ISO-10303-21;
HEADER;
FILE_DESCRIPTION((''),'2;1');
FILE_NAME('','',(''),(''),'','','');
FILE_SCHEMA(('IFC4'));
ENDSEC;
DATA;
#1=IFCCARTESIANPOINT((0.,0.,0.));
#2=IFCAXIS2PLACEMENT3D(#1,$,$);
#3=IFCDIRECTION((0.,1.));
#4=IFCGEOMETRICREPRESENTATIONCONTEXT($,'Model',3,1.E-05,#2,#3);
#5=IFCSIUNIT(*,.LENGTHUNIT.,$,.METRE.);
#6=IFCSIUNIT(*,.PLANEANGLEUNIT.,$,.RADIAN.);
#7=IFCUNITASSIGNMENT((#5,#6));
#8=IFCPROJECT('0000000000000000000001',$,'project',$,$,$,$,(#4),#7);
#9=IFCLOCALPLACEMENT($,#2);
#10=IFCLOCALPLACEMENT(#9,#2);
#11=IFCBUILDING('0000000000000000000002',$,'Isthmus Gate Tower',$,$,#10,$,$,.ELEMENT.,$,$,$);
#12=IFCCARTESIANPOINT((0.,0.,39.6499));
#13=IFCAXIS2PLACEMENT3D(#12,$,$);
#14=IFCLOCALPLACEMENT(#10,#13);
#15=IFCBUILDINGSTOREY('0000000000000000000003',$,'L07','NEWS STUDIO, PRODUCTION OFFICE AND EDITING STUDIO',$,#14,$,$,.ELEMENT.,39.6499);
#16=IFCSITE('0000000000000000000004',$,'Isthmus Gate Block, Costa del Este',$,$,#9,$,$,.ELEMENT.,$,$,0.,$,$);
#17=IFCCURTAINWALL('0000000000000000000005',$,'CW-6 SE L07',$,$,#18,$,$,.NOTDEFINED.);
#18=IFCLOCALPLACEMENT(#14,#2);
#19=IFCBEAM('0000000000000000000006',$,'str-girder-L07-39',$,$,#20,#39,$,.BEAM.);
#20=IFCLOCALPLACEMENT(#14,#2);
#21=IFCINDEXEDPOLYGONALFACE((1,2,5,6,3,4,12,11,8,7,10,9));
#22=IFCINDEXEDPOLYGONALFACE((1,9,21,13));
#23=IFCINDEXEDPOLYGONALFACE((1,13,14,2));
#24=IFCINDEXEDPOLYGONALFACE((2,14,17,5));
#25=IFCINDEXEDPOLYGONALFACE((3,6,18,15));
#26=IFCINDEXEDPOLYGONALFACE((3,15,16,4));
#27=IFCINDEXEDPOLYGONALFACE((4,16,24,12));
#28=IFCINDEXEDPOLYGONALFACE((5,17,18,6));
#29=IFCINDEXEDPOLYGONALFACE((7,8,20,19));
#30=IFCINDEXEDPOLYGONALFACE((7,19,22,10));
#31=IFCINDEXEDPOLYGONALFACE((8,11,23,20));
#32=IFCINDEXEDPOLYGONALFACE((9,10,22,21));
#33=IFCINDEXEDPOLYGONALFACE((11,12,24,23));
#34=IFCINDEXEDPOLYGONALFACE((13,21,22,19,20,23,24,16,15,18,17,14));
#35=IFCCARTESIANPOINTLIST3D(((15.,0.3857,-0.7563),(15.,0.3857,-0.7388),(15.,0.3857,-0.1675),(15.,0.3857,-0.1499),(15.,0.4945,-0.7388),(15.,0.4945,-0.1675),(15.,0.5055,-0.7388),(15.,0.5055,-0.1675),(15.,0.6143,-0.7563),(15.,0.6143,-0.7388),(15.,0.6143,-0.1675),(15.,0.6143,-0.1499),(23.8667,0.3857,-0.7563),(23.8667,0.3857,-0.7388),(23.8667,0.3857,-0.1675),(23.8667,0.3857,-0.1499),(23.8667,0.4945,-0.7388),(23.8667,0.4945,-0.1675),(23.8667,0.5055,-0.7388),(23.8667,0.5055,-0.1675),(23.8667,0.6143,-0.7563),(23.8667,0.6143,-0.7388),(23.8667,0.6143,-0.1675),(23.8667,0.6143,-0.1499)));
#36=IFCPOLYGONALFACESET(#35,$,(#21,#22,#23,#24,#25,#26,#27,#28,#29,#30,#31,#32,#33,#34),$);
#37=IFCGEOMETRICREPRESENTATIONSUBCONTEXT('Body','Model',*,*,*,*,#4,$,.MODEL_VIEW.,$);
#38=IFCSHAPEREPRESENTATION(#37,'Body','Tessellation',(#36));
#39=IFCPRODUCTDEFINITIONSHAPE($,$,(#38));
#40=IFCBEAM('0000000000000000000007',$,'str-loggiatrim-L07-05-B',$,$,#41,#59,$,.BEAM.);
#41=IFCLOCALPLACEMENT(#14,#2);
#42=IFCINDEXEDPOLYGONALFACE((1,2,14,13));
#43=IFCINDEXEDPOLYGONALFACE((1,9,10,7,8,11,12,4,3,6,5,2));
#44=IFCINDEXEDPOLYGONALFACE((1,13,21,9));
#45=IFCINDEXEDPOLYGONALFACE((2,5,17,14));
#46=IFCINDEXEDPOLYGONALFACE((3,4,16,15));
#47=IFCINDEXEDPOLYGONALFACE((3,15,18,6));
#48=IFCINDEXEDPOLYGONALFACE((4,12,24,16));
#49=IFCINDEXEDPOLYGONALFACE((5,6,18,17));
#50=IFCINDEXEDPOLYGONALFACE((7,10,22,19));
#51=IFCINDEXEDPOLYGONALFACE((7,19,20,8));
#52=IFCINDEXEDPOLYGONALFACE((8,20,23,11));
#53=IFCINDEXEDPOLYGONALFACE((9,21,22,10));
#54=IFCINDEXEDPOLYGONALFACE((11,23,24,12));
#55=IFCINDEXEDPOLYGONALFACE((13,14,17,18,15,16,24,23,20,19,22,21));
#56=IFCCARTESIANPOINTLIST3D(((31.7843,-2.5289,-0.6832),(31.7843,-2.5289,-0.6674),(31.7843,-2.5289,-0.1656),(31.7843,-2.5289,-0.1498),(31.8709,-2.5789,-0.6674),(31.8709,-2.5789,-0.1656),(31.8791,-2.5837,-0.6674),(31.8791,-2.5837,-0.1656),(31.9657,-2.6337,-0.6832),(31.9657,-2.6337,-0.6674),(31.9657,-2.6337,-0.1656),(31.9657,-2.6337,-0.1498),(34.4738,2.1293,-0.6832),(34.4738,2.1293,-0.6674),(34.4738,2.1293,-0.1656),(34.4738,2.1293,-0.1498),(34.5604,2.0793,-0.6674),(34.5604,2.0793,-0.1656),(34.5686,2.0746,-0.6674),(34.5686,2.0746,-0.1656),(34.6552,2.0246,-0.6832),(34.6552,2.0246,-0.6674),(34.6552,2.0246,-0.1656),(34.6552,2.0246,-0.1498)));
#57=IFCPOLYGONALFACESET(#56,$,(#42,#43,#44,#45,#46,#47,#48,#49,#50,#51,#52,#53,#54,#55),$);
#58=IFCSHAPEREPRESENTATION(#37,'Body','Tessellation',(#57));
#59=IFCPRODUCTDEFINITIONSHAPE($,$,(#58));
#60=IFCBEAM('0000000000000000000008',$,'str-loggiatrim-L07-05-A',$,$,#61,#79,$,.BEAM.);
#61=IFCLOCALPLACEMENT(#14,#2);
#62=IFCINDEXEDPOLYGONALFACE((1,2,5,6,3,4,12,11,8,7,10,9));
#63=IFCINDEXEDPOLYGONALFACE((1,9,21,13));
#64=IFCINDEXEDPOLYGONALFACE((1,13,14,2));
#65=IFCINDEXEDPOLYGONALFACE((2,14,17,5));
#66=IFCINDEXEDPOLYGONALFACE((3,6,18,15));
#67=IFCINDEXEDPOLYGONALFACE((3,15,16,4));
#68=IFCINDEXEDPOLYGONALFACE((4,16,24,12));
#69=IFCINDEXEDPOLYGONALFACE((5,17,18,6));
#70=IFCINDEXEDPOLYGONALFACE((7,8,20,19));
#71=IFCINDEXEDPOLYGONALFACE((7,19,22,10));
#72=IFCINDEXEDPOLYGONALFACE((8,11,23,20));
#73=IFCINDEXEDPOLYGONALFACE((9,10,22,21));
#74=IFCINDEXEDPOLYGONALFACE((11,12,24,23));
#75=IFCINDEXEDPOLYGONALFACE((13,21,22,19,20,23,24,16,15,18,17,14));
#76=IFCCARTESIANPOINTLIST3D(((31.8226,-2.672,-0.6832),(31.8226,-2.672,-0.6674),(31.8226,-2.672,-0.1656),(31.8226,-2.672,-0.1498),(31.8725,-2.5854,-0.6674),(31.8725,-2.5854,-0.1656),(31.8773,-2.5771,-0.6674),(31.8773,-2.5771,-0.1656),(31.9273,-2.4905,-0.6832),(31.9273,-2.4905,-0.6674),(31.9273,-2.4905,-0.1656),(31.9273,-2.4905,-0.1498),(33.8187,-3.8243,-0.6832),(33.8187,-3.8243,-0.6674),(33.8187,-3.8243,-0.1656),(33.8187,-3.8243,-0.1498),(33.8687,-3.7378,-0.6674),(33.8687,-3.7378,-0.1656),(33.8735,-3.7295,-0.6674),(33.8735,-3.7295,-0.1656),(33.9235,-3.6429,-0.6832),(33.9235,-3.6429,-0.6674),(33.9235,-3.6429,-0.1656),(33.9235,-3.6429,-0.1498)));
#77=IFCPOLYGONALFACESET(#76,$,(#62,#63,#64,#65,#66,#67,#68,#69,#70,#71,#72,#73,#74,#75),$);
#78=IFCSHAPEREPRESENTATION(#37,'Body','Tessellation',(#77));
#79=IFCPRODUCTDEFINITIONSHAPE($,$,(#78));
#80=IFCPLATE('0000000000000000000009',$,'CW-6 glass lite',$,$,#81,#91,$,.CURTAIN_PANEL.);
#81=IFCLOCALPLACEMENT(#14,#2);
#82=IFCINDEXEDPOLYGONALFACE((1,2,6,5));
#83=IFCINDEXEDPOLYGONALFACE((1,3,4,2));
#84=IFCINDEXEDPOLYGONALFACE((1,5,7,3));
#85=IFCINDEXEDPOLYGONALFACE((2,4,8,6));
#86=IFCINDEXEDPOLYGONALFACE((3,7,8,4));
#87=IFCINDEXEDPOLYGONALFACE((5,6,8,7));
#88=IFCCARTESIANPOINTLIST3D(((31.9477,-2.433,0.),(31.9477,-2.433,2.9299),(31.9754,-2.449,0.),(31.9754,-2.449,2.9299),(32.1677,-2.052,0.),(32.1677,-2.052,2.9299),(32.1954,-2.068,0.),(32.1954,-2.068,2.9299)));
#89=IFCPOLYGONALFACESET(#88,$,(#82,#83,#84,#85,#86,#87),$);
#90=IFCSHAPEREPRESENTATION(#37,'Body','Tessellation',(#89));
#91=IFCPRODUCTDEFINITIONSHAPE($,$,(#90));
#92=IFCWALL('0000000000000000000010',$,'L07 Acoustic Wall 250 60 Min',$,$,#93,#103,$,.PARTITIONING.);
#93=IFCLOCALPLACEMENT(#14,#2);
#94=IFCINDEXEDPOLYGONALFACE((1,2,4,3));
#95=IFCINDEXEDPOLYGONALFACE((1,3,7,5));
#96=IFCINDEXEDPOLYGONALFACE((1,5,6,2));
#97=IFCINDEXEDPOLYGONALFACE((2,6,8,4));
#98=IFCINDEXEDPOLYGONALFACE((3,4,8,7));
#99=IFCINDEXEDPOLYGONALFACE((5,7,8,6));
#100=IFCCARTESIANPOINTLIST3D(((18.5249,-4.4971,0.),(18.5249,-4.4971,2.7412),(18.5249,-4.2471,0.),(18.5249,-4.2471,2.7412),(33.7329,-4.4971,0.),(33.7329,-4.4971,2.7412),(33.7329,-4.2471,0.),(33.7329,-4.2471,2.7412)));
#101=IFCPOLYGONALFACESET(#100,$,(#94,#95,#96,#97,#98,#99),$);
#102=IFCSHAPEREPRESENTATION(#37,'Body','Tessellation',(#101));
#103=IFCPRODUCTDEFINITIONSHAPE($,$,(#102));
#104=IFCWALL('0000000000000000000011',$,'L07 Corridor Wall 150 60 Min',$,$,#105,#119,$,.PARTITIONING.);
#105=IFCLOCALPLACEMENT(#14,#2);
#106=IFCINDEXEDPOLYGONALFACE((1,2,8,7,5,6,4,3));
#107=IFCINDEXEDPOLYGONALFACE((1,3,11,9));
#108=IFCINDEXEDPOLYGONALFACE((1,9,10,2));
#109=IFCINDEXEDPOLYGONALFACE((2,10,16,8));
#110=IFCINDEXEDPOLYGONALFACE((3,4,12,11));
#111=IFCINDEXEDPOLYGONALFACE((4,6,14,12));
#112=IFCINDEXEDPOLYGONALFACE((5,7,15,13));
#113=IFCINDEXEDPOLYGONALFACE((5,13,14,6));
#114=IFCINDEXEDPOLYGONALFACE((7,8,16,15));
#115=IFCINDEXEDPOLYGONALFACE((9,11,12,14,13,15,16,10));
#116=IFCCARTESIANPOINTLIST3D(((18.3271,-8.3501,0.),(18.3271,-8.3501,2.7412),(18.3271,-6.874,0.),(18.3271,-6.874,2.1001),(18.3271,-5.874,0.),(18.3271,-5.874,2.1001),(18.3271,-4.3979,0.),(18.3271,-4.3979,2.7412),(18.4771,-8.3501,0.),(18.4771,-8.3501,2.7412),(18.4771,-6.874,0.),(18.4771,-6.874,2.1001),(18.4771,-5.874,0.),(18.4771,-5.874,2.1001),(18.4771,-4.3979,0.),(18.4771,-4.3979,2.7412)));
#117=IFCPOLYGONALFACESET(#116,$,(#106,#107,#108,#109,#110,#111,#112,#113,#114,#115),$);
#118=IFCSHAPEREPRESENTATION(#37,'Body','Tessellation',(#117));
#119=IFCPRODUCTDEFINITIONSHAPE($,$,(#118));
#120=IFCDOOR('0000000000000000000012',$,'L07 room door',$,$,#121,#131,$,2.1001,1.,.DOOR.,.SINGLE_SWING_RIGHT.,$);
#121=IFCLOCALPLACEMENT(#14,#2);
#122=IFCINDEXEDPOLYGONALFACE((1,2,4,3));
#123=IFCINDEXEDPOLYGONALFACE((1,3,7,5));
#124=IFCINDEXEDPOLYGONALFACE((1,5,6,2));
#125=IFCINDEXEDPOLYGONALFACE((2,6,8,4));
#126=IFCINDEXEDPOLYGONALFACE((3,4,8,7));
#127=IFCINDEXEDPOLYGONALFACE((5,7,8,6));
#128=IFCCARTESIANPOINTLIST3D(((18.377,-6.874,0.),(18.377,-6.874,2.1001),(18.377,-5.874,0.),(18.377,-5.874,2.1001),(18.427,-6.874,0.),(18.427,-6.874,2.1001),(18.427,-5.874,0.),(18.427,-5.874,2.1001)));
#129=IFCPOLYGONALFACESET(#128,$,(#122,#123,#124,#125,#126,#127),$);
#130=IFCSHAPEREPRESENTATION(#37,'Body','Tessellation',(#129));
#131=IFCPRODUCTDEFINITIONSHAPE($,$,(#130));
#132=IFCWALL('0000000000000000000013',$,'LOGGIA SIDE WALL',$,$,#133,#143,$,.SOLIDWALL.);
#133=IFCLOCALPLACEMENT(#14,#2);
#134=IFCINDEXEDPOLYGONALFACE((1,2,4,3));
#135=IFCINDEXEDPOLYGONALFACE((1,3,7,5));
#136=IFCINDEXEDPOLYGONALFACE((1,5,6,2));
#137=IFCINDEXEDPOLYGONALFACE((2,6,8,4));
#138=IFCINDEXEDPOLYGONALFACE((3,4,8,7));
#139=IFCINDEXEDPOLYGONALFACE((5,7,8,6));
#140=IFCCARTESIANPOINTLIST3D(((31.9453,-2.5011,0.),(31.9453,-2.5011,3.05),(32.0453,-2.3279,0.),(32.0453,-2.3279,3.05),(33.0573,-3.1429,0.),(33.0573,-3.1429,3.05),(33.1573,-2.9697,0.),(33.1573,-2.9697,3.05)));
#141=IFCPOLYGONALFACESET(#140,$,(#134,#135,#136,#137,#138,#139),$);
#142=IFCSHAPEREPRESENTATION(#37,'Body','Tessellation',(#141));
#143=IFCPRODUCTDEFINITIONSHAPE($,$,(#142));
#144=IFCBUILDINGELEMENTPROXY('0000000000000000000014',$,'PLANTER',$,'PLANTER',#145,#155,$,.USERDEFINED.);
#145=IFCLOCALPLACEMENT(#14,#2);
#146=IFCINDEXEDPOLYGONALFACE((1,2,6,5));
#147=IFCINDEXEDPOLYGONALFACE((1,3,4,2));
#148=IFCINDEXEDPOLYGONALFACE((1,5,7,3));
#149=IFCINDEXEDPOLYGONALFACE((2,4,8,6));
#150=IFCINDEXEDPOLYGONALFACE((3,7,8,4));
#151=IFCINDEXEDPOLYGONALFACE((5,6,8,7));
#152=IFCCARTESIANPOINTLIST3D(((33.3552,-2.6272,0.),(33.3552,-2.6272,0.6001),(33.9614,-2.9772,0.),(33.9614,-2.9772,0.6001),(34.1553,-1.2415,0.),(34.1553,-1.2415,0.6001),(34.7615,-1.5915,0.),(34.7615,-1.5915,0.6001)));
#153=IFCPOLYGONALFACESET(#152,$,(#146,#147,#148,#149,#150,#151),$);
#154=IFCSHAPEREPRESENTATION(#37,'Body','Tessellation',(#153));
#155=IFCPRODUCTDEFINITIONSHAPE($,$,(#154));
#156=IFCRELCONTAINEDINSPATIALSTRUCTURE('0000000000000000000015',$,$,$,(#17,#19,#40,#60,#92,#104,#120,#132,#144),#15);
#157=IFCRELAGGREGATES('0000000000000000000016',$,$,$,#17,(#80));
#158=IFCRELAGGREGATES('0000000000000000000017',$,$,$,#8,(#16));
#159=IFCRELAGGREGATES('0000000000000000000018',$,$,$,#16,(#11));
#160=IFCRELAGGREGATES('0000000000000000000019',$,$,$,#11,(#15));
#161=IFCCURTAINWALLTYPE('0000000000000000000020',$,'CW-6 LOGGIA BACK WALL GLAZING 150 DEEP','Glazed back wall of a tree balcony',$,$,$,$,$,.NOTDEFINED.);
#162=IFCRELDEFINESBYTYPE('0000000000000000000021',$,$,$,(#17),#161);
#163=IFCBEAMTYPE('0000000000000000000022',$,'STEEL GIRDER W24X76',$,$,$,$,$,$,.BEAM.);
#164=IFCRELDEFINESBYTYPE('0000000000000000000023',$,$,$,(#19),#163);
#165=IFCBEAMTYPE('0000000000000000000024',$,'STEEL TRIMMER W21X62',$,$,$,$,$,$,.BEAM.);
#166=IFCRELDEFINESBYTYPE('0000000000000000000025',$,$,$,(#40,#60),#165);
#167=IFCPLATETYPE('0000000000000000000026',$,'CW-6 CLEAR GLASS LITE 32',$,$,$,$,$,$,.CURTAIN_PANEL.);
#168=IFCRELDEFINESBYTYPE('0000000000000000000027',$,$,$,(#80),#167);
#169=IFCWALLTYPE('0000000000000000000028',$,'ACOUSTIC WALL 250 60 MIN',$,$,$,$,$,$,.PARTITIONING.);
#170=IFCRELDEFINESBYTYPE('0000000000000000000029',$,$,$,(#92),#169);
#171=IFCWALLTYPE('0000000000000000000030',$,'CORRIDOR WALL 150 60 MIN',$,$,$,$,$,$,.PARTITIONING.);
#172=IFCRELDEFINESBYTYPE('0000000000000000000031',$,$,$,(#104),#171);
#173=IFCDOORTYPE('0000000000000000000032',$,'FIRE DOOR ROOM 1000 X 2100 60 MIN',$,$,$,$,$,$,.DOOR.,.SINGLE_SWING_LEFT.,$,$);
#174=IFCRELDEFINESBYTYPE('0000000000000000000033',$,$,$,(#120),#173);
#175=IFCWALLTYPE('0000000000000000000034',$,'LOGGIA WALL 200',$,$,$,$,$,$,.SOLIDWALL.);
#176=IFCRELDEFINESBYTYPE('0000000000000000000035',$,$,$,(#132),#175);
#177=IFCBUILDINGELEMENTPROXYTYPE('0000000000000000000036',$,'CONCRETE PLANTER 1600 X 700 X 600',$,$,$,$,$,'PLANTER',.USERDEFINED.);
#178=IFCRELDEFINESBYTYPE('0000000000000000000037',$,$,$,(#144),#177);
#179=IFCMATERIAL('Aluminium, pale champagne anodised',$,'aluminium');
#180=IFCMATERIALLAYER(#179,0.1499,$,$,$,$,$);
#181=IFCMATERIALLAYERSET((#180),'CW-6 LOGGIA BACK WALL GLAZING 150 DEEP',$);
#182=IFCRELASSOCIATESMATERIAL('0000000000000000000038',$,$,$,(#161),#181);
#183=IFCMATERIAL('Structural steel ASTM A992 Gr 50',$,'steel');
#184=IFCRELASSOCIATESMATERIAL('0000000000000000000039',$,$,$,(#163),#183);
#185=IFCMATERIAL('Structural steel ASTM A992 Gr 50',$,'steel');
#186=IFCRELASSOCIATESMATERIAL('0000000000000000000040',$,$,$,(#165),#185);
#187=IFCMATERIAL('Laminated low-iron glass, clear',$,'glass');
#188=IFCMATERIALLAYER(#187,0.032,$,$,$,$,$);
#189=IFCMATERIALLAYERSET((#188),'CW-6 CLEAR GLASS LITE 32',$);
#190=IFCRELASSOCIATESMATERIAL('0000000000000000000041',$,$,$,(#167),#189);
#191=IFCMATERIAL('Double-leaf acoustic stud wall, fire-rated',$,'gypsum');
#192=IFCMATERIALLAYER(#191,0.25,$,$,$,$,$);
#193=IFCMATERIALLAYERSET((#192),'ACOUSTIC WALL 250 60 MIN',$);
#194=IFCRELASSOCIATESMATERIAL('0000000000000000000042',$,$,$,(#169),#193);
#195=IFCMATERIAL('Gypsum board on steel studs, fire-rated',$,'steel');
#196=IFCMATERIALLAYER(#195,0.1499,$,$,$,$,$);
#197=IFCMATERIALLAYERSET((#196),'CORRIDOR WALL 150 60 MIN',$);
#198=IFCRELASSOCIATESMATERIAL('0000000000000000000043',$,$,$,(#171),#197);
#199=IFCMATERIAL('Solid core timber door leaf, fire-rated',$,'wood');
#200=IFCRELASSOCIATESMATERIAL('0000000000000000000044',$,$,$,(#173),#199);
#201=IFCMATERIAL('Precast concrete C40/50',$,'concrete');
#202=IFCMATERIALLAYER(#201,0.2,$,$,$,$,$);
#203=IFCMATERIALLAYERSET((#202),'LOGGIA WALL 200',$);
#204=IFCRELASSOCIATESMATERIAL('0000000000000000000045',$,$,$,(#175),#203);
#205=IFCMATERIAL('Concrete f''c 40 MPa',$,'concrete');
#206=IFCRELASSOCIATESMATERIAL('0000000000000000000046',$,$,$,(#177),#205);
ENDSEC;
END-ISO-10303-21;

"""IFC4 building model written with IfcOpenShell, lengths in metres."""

from ifc_helpers import new_model, si_unit, direction, frame, frame_2d, origin, origin_2d, place, context, subcontext, project, spatial, rectangle, i_section, extrude, material, layer, layer_set, material_profile, profile_set, type_object, element, fill, aggregate, save


model = new_model("IFC4")

# Units and contexts
model_context = context("Model", 3, precision=1e-05, world=origin(), true_north=direction((0.0, 1.0)))
body_context = subcontext(model_context, "Body", "Model", "MODEL_VIEW")
ifc_project = project(units=[si_unit("LENGTHUNIT", "METRE"), si_unit("PLANEANGLEUNIT", "RADIAN")], contexts=[model_context])

# Site, building, storey
site_placement = place(None, origin())
site = spatial("IfcSite", under=ifc_project, at=site_placement, Name="Isthmus Gate Block, Costa del Este", CompositionType="ELEMENT", RefElevation=0.0)
building_placement = place(site_placement, origin())
building = spatial("IfcBuilding", under=site, at=building_placement, Name="Isthmus Gate Tower", CompositionType="ELEMENT")
storey_placement = place(building_placement, frame((0.0, 0.0, 39.6499)))
storey = spatial("IfcBuildingStorey", under=building, at=storey_placement, Name="L07", Description="NEWS STUDIO, PRODUCTION OFFICE AND EDITING STUDIO", CompositionType="ELEMENT", Elevation=39.6499)

# Curtain wall
ifc_material_1 = material(Name="Aluminium, pale champagne anodised", Category="aluminium")
ifc_layer_1 = layer(ifc_material_1, 0.1499)
ifc_layer_set_1 = layer_set([ifc_layer_1], Name="CW-6 LOGGIA BACK WALL GLAZING 150 DEEP")
curtain_wall_type = type_object("IfcCurtainWallType", Name="CW-6 LOGGIA BACK WALL GLAZING 150 DEEP", Description="Glazed back wall of a tree balcony", PredefinedType="NOTDEFINED", material=ifc_layer_set_1)
curtain_wall_placement = place(storey_placement, origin())
curtain_wall = element("IfcCurtainWall", 1, at=curtain_wall_placement, inside=storey, type_object=curtain_wall_type, Name="CW-6 SE L07", PredefinedType="NOTDEFINED")

# Beams
ifc_material_2 = material(Name="Structural steel ASTM A992 Gr 50", Category="steel")
ifc_material_profile_1 = material_profile(ifc_material_2, i_section(OverallWidth=0.2285, OverallDepth=0.6064, WebThickness=0.011, FlangeThickness=0.0176, at=origin_2d()), Name="W24X76")
ifc_profile_set_1 = profile_set([ifc_material_profile_1], Name="Structural steel ASTM A992 Gr 50")
beam_type_1 = type_object("IfcBeamType", Name="STEEL GIRDER W24X76", PredefinedType="BEAM", material=ifc_profile_set_1)
beam_1_placement = place(storey_placement, frame((15.0, 0.5, -0.4531), z_axis=(1.0, 0.0, 0.0), x_axis=(0.0, 1.0, 0.0)))
element("IfcBeam", 2, at=beam_1_placement, inside=storey, type_object=beam_type_1, Name="str-girder-L07-39", PredefinedType="BEAM", context=body_context, shape_type="SweptSolid", body=[
    extrude(i_section(OverallWidth=0.2285, OverallDepth=0.6064, WebThickness=0.011, FlangeThickness=0.0176, at=origin_2d()), origin(), (0.0, 0.0, 1.0), 8.8667),
])
ifc_material_3 = material(Name="Structural steel ASTM A992 Gr 50", Category="steel")
ifc_material_profile_2 = material_profile(ifc_material_3, i_section(OverallWidth=0.2095, OverallDepth=0.5334, WebThickness=0.0095, FlangeThickness=0.0159, at=origin_2d()), Name="W21X62")
ifc_profile_set_2 = profile_set([ifc_material_profile_2], Name="Structural steel ASTM A992 Gr 50")
beam_type_2 = type_object("IfcBeamType", Name="STEEL TRIMMER W21X62", PredefinedType="BEAM", material=ifc_profile_set_2)
beam_2_placement = place(storey_placement, frame((31.875, -2.5813, -0.4165), z_axis=(0.500005, 0.866022, 0.0), x_axis=(-0.866022, 0.500005, 0.0)))
element("IfcBeam", 3, at=beam_2_placement, inside=storey, type_object=beam_type_2, Name="str-loggiatrim-L07-05-B", PredefinedType="BEAM", context=body_context, shape_type="SweptSolid", body=[
    extrude(i_section(OverallWidth=0.2095, OverallDepth=0.5334, WebThickness=0.0095, FlangeThickness=0.0159, at=origin_2d()), origin(), (0.0, 0.0, 1.0), 5.3789),
])
beam_3_placement = place(storey_placement, frame((33.8711, -3.7336, -0.4165), z_axis=(-0.866044, 0.499967, 0.0), x_axis=(-0.499967, -0.866044, 0.0)))
element("IfcBeam", 4, at=beam_3_placement, inside=storey, type_object=beam_type_2, Name="str-loggiatrim-L07-05-A", PredefinedType="BEAM", context=body_context, shape_type="SweptSolid", body=[
    extrude(i_section(OverallWidth=0.2095, OverallDepth=0.5334, WebThickness=0.0095, FlangeThickness=0.0159, at=origin_2d()), origin(), (0.0, 0.0, 1.0), 2.3049),
])

# Plate
ifc_material_4 = material(Name="Laminated low-iron glass, clear", Category="glass")
ifc_layer_2 = layer(ifc_material_4, 0.032)
ifc_layer_set_2 = layer_set([ifc_layer_2], Name="CW-6 CLEAR GLASS LITE 32")
plate_type = type_object("IfcPlateType", Name="CW-6 CLEAR GLASS LITE 32", PredefinedType="CURTAIN_PANEL", material=ifc_layer_set_2)
plate_placement = place(storey_placement, frame((32.0715, -2.2505, 0.0), z_axis=(0.0, 0.0, 1.0), x_axis=(0.5, 0.866025, 0.0)))
plate = element("IfcPlate", 5, at=plate_placement, type_object=plate_type, Name="CW-6 glass lite", PredefinedType="CURTAIN_PANEL", context=body_context, shape_type="SweptSolid", body=[
    extrude(rectangle(XDim=0.4399, YDim=0.032, at=origin_2d()), origin(), (0.0, 0.0, 1.0), 2.9299),
])
aggregate(curtain_wall, [plate])

# Wall
ifc_material_5 = material(Name="Double-leaf acoustic stud wall, fire-rated", Category="gypsum")
ifc_layer_3 = layer(ifc_material_5, 0.25)
ifc_layer_set_3 = layer_set([ifc_layer_3], Name="ACOUSTIC WALL 250 60 MIN")
wall_type_1 = type_object("IfcWallType", Name="ACOUSTIC WALL 250 60 MIN", PredefinedType="PARTITIONING", material=ifc_layer_set_3)
wall_1_placement = place(storey_placement, frame((18.5249, -4.3721, 0.0), z_axis=(0.0, 0.0, 1.0), x_axis=(1.0, 0.0, 0.0)))
element("IfcWall", 6, at=wall_1_placement, inside=storey, type_object=wall_type_1, Name="L07 Acoustic Wall 250 60 Min", PredefinedType="PARTITIONING", context=body_context, shape_type="SweptSolid", body=[
    extrude(rectangle(XDim=15.208, YDim=0.25, at=frame_2d((7.604, 0.0))), origin(), (0.0, 0.0, 1.0), 2.7412),
])

# Wall, opening, door
ifc_material_6 = material(Name="Gypsum board on steel studs, fire-rated", Category="steel")
ifc_layer_4 = layer(ifc_material_6, 0.1499)
ifc_layer_set_4 = layer_set([ifc_layer_4], Name="CORRIDOR WALL 150 60 MIN")
wall_type_2 = type_object("IfcWallType", Name="CORRIDOR WALL 150 60 MIN", PredefinedType="PARTITIONING", material=ifc_layer_set_4)
wall_2_placement = place(storey_placement, frame((18.4021, -4.3979, 0.0), z_axis=(0.0, 0.0, 1.0), x_axis=(0.0, -1.0, 0.0)))
wall_2 = element("IfcWall", 7, at=wall_2_placement, inside=storey, type_object=wall_type_2, Name="L07 Corridor Wall 150 60 Min", PredefinedType="PARTITIONING", context=body_context, shape_type="SweptSolid", body=[
    extrude(rectangle(XDim=3.9521, YDim=0.1499, at=frame_2d((1.9761, 0.0))), origin(), (0.0, 0.0, 1.0), 2.7412),
])
opening_1_placement = place(wall_2_placement, frame((1.4761, 0.0, 0.0)))
opening_1 = element("IfcOpeningElement", 8, at=opening_1_placement, cuts=wall_2, PredefinedType="OPENING", context=body_context, shape_type="SweptSolid", body=[
    extrude(rectangle(XDim=1.0, YDim=2.1001, at=frame_2d((0.5, 1.05))), frame((0.0, 0.085, 0.0), z_axis=(0.0, -1.0, 0.0), x_axis=(1.0, 0.0, 0.0)), (0.0, 0.0, 1.0), 0.1699),
])
ifc_material_7 = material(Name="Solid core timber door leaf, fire-rated", Category="wood")
door_type_1 = type_object("IfcDoorType", Name="FIRE DOOR ROOM 1000 X 2100 60 MIN", OperationType="SINGLE_SWING_LEFT", PredefinedType="DOOR", material=ifc_material_7)
door_1_placement = place(opening_1_placement, origin())
door_1 = element("IfcDoor", 9, at=door_1_placement, inside=storey, type_object=door_type_1, Name="L07 room door", OperationType="SINGLE_SWING_RIGHT", OverallHeight=2.1001, OverallWidth=1.0, PredefinedType="DOOR", context=body_context, shape_type="SweptSolid", body=[
    extrude(rectangle(XDim=1.0, YDim=2.1001, at=frame_2d((0.5, 1.05))), frame((0.0, 0.0249, 0.0), z_axis=(0.0, -1.0, 0.0), x_axis=(1.0, 0.0, 0.0)), (0.0, 0.0, 1.0), 0.05),
])
fill(opening_1, door_1)
ifc_material_8 = material(Name="Precast concrete C40/50", Category="concrete")
ifc_layer_5 = layer(ifc_material_8, 0.2)
ifc_layer_set_5 = layer_set([ifc_layer_5], Name="LOGGIA WALL 200")
wall_type_3 = type_object("IfcWallType", Name="LOGGIA WALL 200", PredefinedType="SOLIDWALL", material=ifc_layer_set_5)

# Wall
wall_3_placement = place(storey_placement, frame((33.1074, -3.0564, 0.0), z_axis=(0.0, 0.0, 1.0), x_axis=(-0.866094, 0.499882, 0.0)))
element("IfcWall", 10, at=wall_3_placement, inside=storey, type_object=wall_type_3, Name="LOGGIA SIDE WALL", PredefinedType="SOLIDWALL", context=body_context, shape_type="SweptSolid", body=[
    extrude(rectangle(XDim=1.2839, YDim=0.2, at=frame_2d((0.6421, 0.0))), origin(), (0.0, 0.0, 1.0), 3.05),
])

# Building element proxy
ifc_material_9 = material(Name="Concrete f'c 40 MPa", Category="concrete")
building_element_proxy_type = type_object("IfcBuildingElementProxyType", Name="CONCRETE PLANTER 1600 X 700 X 600", ElementType="PLANTER", PredefinedType="USERDEFINED", material=ifc_material_9)
proxy_placement = place(storey_placement, frame((34.0583, -2.1094, 0.0), z_axis=(0.0, 0.0, 1.0), x_axis=(0.5, 0.866025, 0.0)))
element("IfcBuildingElementProxy", 11, at=proxy_placement, inside=storey, type_object=building_element_proxy_type, Name="PLANTER", ObjectType="PLANTER", PredefinedType="USERDEFINED", context=body_context, shape_type="SweptSolid", body=[
    extrude(rectangle(XDim=1.6001, YDim=0.7, at=origin_2d()), origin(), (0.0, 0.0, 1.0), 0.6001),
])

save(model, "model.ifc")
